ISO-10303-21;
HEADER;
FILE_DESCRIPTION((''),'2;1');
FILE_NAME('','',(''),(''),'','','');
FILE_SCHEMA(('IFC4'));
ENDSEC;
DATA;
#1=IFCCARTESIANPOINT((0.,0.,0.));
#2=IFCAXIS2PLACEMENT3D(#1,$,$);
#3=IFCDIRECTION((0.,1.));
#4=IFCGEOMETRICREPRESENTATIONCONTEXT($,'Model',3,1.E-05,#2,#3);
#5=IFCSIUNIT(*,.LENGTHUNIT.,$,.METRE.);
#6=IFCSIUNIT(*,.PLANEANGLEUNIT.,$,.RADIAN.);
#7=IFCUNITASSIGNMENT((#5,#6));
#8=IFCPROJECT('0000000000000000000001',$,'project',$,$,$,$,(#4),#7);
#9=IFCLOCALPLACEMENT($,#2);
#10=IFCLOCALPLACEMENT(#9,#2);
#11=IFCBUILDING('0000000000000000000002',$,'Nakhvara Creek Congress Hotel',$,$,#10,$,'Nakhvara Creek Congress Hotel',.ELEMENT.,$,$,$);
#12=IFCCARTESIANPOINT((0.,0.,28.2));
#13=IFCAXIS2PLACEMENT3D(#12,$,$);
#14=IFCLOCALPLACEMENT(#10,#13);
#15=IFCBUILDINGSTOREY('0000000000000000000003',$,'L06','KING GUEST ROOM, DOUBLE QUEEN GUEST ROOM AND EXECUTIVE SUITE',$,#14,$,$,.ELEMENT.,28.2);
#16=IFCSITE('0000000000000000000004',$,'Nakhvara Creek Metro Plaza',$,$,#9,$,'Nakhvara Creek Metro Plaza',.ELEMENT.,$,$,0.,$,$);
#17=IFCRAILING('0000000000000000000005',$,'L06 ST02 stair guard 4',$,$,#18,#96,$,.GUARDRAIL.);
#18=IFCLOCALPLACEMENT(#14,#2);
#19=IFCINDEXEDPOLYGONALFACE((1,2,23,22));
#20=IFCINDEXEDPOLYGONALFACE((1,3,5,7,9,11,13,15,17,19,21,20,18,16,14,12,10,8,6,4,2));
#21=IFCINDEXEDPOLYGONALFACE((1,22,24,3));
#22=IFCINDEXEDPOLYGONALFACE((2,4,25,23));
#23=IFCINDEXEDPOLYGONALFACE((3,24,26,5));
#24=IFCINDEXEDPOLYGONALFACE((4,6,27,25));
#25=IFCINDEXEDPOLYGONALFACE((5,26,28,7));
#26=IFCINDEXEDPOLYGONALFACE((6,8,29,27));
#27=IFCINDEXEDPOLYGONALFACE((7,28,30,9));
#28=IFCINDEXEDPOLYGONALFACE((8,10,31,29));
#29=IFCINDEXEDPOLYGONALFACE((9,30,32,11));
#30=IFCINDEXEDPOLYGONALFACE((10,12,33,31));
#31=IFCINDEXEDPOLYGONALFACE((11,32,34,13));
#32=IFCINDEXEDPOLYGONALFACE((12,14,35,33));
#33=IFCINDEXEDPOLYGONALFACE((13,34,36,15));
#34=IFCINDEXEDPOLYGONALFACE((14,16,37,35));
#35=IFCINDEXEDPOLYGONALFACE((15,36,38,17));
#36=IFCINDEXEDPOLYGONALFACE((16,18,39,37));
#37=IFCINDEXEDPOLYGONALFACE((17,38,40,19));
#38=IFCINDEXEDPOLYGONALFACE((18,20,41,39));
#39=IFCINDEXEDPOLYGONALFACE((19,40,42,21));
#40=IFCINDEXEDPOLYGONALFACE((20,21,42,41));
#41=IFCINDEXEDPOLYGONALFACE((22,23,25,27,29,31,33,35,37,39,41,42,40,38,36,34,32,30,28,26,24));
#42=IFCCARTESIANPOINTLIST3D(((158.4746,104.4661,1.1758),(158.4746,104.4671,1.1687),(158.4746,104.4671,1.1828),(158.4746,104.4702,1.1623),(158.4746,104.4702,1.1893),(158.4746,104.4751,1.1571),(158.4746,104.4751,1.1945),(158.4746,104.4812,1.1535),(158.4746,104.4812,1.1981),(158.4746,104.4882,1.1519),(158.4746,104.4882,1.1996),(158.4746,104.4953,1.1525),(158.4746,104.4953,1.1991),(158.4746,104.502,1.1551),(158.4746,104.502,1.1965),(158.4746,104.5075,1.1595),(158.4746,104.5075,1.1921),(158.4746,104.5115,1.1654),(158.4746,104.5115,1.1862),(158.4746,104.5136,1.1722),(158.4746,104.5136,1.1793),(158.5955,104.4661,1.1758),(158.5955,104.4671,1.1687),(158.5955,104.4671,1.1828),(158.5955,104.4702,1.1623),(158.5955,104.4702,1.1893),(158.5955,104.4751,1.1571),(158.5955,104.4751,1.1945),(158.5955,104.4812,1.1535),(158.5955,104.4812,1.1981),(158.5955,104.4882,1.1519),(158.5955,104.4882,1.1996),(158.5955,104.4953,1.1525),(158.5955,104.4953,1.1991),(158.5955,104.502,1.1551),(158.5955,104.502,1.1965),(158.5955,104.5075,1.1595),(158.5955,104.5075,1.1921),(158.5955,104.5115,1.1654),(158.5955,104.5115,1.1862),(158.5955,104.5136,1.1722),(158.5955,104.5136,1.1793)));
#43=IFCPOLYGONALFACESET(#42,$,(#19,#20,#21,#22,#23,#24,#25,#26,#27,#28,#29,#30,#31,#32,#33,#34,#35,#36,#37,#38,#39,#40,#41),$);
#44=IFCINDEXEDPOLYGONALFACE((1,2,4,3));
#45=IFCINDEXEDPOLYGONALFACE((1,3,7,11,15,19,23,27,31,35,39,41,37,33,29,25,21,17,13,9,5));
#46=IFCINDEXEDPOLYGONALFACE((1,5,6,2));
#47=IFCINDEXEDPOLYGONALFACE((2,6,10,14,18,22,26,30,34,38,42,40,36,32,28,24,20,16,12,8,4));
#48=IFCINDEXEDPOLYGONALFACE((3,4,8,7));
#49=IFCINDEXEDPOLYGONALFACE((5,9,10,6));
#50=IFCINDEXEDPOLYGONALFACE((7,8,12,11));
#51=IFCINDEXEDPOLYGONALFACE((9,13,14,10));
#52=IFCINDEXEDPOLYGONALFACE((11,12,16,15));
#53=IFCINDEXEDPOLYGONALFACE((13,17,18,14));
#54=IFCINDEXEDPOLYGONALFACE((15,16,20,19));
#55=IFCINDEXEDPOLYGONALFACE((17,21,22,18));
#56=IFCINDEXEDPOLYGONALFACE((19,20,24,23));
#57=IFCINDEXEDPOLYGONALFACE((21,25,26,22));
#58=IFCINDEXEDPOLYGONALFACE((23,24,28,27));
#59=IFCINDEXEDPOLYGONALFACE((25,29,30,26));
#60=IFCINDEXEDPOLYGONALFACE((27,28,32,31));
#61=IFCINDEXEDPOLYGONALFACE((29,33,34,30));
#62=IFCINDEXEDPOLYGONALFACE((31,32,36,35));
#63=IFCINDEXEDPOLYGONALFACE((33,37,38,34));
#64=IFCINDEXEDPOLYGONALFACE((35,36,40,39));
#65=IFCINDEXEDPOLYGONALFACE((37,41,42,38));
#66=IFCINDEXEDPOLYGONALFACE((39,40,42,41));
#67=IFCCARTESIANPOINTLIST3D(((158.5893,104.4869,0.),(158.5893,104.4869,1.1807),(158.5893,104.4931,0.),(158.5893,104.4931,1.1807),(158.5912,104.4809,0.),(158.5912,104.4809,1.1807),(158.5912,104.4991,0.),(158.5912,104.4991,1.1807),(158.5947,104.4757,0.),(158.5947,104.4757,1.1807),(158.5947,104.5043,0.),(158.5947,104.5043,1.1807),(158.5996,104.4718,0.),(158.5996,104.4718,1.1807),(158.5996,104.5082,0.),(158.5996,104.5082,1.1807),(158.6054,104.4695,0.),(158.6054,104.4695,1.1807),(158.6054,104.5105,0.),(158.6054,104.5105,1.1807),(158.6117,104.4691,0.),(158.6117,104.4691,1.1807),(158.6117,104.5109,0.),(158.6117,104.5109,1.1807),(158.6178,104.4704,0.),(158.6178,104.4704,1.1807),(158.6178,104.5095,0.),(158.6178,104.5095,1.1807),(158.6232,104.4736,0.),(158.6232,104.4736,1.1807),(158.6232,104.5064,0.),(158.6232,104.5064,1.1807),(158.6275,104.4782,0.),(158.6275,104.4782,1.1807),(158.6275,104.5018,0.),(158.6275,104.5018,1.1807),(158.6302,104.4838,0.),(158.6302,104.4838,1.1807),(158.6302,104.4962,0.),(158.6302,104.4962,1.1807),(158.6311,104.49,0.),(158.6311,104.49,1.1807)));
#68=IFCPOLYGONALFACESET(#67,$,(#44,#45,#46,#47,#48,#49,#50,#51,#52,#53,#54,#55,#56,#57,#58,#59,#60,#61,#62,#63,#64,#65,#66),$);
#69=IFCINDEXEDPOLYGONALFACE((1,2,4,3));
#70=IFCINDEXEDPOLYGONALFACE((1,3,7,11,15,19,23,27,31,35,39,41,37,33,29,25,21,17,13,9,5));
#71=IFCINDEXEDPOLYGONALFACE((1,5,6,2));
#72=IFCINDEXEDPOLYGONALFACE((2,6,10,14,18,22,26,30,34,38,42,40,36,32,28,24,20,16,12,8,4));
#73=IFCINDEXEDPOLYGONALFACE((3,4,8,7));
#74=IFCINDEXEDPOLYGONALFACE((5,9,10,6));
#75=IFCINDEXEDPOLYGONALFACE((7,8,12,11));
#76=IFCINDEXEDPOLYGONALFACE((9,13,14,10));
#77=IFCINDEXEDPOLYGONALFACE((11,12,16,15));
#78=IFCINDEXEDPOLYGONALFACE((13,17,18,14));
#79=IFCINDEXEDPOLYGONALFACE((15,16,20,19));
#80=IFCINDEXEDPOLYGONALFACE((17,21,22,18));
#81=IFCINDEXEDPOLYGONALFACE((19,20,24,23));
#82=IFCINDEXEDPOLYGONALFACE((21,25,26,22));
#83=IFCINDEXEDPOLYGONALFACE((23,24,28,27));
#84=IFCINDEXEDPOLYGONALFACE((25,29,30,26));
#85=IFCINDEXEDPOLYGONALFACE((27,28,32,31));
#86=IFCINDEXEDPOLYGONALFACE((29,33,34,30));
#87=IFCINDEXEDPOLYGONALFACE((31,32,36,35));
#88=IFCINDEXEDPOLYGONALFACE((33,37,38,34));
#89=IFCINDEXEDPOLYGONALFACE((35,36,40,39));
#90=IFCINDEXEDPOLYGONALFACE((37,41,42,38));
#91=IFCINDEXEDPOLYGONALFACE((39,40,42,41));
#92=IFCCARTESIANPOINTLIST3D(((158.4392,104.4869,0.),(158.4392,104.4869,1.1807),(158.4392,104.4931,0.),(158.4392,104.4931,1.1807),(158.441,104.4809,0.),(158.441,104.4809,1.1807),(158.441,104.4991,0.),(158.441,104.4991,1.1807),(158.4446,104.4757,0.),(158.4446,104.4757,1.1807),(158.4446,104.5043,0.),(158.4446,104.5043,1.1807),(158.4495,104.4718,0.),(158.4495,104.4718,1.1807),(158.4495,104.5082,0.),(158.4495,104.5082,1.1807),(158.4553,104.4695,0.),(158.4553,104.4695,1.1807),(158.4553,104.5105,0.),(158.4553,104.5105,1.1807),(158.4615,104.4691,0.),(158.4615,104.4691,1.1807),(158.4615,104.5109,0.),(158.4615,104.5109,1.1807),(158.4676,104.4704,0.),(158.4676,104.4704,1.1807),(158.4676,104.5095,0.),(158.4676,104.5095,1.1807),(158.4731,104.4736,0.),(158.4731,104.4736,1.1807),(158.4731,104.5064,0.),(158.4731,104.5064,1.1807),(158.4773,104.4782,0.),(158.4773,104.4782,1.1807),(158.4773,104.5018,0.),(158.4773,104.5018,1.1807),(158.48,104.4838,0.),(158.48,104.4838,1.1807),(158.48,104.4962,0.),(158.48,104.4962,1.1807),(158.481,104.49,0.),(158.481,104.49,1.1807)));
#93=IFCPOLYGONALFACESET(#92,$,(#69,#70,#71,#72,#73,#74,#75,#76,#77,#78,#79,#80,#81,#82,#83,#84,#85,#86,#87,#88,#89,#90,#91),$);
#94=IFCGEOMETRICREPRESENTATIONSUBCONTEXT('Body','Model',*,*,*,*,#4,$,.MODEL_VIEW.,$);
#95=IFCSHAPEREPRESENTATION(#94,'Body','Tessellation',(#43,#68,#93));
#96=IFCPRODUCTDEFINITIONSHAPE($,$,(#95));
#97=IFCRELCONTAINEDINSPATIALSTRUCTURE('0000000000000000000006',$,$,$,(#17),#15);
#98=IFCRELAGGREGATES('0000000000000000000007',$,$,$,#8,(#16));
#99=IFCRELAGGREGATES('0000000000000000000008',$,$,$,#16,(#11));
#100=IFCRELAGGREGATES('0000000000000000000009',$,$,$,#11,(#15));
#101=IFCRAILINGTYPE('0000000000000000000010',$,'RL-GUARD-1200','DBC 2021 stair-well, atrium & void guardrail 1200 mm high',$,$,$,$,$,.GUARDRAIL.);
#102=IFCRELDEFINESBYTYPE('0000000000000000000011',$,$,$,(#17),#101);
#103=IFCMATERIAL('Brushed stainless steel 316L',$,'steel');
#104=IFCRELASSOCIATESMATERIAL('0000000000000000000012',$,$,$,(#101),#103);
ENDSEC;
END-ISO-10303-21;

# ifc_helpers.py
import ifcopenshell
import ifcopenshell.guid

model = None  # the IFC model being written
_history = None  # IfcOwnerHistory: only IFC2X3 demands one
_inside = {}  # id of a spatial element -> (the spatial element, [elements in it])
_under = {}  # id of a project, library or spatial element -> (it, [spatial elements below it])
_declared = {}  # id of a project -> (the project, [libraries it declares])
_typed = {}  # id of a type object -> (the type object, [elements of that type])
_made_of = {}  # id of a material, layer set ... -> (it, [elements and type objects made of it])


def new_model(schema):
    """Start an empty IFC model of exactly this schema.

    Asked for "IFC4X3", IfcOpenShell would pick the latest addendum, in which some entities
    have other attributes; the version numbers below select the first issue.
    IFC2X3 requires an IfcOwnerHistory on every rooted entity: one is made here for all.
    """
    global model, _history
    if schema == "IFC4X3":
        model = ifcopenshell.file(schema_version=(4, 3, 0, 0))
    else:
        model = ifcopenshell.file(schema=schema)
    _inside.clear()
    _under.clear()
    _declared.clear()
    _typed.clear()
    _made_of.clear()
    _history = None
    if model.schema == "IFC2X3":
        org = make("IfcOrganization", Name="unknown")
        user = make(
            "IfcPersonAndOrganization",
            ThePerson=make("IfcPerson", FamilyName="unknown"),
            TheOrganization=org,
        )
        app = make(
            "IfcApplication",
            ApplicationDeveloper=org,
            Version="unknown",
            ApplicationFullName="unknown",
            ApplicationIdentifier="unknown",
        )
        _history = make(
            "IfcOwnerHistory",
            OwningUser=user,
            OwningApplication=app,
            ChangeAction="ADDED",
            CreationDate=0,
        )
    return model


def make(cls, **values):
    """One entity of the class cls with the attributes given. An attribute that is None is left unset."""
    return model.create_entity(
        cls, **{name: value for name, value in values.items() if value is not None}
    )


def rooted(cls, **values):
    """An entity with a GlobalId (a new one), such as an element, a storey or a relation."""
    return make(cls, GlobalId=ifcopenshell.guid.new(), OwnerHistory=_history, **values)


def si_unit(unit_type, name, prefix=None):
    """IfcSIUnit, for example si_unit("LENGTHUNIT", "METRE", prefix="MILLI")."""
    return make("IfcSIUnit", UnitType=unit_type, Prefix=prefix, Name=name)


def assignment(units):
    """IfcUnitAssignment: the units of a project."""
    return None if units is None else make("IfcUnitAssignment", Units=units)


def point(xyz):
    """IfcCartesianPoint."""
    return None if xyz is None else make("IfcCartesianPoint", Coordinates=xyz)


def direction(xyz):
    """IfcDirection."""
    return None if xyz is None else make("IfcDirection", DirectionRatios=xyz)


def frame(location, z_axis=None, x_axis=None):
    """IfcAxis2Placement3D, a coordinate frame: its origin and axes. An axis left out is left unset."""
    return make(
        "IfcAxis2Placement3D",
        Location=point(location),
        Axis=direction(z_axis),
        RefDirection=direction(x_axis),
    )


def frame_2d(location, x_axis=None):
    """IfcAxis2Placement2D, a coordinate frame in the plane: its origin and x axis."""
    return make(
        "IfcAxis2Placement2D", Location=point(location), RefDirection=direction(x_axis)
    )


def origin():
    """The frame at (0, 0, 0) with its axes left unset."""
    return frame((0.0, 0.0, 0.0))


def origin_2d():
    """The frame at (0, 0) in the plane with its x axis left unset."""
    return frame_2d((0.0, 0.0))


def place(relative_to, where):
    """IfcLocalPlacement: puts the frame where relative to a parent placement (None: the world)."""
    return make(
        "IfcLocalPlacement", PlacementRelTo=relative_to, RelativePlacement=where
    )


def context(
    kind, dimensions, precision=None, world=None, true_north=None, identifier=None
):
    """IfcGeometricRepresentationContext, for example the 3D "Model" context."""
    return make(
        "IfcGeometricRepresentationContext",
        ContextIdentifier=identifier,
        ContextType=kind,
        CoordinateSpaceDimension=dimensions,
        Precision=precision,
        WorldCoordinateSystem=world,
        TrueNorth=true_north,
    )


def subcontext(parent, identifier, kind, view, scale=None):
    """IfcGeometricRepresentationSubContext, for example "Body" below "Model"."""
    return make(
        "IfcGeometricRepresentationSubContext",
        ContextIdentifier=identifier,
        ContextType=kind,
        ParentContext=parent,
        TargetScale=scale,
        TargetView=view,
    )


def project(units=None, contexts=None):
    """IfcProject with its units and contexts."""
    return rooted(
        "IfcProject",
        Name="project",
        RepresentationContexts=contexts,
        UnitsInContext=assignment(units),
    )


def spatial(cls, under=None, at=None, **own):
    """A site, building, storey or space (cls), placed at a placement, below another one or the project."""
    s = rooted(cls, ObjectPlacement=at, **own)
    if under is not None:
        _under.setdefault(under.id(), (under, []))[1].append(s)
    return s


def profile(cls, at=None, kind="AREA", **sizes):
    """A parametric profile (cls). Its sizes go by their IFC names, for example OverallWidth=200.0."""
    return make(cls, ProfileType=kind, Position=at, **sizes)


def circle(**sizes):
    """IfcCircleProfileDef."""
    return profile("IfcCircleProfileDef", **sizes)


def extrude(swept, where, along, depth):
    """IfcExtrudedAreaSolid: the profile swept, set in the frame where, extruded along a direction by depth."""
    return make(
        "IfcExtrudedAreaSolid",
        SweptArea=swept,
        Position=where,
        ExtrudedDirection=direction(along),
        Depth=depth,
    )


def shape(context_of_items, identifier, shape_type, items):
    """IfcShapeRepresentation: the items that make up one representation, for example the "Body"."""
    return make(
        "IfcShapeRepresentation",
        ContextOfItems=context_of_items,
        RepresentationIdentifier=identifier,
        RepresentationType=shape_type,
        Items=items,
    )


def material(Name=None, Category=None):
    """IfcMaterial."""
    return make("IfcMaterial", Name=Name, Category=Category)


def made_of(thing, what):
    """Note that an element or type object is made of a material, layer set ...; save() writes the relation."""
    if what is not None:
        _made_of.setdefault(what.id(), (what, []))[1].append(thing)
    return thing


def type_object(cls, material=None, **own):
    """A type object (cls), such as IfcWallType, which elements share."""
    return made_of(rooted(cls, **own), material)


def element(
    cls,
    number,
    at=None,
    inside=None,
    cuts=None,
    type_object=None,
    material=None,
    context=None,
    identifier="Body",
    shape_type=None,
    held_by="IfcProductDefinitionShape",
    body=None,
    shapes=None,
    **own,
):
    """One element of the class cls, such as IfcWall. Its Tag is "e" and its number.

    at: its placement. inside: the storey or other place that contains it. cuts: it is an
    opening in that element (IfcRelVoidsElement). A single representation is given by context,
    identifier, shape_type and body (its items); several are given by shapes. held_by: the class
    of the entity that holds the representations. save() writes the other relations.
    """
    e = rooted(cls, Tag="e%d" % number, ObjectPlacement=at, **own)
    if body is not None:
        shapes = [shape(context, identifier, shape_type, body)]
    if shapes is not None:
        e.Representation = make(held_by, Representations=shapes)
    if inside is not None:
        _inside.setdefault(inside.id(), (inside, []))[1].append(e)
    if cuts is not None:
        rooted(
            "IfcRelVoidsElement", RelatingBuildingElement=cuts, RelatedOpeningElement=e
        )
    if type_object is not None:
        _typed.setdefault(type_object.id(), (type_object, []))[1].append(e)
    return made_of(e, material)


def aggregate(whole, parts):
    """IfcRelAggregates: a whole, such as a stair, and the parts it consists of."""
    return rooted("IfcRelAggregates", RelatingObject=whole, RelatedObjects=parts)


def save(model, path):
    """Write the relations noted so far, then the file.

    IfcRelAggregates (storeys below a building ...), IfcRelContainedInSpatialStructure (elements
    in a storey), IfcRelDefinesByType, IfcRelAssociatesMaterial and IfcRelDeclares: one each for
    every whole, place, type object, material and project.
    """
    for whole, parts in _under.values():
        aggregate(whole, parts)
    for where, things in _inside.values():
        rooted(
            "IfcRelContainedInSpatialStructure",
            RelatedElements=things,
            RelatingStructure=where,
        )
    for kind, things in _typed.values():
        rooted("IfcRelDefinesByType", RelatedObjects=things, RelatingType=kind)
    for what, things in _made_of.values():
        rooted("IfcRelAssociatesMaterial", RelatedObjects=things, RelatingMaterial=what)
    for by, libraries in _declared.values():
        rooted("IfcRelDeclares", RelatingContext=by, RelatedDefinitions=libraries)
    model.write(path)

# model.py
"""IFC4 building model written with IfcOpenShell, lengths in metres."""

from ifc_helpers import new_model, si_unit, direction, frame, origin, origin_2d, place, context, subcontext, project, spatial, circle, extrude, material, type_object, element, save


model = new_model("IFC4")

# Units and contexts
model_context = context("Model", 3, precision=1e-05, world=origin(), true_north=direction((0.0, 1.0)))
body_context = subcontext(model_context, "Body", "Model", "MODEL_VIEW")
ifc_project = project(units=[si_unit("LENGTHUNIT", "METRE"), si_unit("PLANEANGLEUNIT", "RADIAN")], contexts=[model_context])

# Site, building, storey
site_placement = place(None, origin())
site = spatial("IfcSite", under=ifc_project, at=site_placement, Name="Nakhvara Creek Metro Plaza", LongName="Nakhvara Creek Metro Plaza", CompositionType="ELEMENT", RefElevation=0.0)
building_placement = place(site_placement, origin())
building = spatial("IfcBuilding", under=site, at=building_placement, Name="Nakhvara Creek Congress Hotel", LongName="Nakhvara Creek Congress Hotel", CompositionType="ELEMENT")
storey_placement = place(building_placement, frame((0.0, 0.0, 28.2)))
storey = spatial("IfcBuildingStorey", under=building, at=storey_placement, Name="L06", Description="KING GUEST ROOM, DOUBLE QUEEN GUEST ROOM AND EXECUTIVE SUITE", CompositionType="ELEMENT", Elevation=28.2)

# Railing
ifc_material_1 = material(Name="Brushed stainless steel 316L", Category="steel")
railing_type_1 = type_object("IfcRailingType", Name="RL-GUARD-1200", Description="DBC 2021 stair-well, atrium & void guardrail 1200 mm high", PredefinedType="GUARDRAIL", material=ifc_material_1)
railing_1_placement = place(storey_placement, frame((158.6101, 104.49, 0.0)))
element("IfcRailing", 1, at=railing_1_placement, inside=storey, type_object=railing_type_1, Name="L06 ST02 stair guard 4", PredefinedType="GUARDRAIL", context=body_context, shape_type="SweptSolid", body=[
    extrude(circle(Radius=0.0239, at=origin_2d()), frame((-0.0146, 0.0, 1.1758), z_axis=(-1.0, 0.0, 0.0), x_axis=(0.0, -1.0, 0.0)), (0.0, 0.0, 1.0), 0.1208),
    extrude(circle(Radius=0.021, at=origin_2d()), origin(), (0.0, 0.0, 1.0), 1.1807),
    extrude(circle(Radius=0.021, at=origin_2d()), frame((-0.1501, 0.0, 0.0)), (0.0, 0.0, 1.0), 1.1807),
])

save(model, "model.ifc")
